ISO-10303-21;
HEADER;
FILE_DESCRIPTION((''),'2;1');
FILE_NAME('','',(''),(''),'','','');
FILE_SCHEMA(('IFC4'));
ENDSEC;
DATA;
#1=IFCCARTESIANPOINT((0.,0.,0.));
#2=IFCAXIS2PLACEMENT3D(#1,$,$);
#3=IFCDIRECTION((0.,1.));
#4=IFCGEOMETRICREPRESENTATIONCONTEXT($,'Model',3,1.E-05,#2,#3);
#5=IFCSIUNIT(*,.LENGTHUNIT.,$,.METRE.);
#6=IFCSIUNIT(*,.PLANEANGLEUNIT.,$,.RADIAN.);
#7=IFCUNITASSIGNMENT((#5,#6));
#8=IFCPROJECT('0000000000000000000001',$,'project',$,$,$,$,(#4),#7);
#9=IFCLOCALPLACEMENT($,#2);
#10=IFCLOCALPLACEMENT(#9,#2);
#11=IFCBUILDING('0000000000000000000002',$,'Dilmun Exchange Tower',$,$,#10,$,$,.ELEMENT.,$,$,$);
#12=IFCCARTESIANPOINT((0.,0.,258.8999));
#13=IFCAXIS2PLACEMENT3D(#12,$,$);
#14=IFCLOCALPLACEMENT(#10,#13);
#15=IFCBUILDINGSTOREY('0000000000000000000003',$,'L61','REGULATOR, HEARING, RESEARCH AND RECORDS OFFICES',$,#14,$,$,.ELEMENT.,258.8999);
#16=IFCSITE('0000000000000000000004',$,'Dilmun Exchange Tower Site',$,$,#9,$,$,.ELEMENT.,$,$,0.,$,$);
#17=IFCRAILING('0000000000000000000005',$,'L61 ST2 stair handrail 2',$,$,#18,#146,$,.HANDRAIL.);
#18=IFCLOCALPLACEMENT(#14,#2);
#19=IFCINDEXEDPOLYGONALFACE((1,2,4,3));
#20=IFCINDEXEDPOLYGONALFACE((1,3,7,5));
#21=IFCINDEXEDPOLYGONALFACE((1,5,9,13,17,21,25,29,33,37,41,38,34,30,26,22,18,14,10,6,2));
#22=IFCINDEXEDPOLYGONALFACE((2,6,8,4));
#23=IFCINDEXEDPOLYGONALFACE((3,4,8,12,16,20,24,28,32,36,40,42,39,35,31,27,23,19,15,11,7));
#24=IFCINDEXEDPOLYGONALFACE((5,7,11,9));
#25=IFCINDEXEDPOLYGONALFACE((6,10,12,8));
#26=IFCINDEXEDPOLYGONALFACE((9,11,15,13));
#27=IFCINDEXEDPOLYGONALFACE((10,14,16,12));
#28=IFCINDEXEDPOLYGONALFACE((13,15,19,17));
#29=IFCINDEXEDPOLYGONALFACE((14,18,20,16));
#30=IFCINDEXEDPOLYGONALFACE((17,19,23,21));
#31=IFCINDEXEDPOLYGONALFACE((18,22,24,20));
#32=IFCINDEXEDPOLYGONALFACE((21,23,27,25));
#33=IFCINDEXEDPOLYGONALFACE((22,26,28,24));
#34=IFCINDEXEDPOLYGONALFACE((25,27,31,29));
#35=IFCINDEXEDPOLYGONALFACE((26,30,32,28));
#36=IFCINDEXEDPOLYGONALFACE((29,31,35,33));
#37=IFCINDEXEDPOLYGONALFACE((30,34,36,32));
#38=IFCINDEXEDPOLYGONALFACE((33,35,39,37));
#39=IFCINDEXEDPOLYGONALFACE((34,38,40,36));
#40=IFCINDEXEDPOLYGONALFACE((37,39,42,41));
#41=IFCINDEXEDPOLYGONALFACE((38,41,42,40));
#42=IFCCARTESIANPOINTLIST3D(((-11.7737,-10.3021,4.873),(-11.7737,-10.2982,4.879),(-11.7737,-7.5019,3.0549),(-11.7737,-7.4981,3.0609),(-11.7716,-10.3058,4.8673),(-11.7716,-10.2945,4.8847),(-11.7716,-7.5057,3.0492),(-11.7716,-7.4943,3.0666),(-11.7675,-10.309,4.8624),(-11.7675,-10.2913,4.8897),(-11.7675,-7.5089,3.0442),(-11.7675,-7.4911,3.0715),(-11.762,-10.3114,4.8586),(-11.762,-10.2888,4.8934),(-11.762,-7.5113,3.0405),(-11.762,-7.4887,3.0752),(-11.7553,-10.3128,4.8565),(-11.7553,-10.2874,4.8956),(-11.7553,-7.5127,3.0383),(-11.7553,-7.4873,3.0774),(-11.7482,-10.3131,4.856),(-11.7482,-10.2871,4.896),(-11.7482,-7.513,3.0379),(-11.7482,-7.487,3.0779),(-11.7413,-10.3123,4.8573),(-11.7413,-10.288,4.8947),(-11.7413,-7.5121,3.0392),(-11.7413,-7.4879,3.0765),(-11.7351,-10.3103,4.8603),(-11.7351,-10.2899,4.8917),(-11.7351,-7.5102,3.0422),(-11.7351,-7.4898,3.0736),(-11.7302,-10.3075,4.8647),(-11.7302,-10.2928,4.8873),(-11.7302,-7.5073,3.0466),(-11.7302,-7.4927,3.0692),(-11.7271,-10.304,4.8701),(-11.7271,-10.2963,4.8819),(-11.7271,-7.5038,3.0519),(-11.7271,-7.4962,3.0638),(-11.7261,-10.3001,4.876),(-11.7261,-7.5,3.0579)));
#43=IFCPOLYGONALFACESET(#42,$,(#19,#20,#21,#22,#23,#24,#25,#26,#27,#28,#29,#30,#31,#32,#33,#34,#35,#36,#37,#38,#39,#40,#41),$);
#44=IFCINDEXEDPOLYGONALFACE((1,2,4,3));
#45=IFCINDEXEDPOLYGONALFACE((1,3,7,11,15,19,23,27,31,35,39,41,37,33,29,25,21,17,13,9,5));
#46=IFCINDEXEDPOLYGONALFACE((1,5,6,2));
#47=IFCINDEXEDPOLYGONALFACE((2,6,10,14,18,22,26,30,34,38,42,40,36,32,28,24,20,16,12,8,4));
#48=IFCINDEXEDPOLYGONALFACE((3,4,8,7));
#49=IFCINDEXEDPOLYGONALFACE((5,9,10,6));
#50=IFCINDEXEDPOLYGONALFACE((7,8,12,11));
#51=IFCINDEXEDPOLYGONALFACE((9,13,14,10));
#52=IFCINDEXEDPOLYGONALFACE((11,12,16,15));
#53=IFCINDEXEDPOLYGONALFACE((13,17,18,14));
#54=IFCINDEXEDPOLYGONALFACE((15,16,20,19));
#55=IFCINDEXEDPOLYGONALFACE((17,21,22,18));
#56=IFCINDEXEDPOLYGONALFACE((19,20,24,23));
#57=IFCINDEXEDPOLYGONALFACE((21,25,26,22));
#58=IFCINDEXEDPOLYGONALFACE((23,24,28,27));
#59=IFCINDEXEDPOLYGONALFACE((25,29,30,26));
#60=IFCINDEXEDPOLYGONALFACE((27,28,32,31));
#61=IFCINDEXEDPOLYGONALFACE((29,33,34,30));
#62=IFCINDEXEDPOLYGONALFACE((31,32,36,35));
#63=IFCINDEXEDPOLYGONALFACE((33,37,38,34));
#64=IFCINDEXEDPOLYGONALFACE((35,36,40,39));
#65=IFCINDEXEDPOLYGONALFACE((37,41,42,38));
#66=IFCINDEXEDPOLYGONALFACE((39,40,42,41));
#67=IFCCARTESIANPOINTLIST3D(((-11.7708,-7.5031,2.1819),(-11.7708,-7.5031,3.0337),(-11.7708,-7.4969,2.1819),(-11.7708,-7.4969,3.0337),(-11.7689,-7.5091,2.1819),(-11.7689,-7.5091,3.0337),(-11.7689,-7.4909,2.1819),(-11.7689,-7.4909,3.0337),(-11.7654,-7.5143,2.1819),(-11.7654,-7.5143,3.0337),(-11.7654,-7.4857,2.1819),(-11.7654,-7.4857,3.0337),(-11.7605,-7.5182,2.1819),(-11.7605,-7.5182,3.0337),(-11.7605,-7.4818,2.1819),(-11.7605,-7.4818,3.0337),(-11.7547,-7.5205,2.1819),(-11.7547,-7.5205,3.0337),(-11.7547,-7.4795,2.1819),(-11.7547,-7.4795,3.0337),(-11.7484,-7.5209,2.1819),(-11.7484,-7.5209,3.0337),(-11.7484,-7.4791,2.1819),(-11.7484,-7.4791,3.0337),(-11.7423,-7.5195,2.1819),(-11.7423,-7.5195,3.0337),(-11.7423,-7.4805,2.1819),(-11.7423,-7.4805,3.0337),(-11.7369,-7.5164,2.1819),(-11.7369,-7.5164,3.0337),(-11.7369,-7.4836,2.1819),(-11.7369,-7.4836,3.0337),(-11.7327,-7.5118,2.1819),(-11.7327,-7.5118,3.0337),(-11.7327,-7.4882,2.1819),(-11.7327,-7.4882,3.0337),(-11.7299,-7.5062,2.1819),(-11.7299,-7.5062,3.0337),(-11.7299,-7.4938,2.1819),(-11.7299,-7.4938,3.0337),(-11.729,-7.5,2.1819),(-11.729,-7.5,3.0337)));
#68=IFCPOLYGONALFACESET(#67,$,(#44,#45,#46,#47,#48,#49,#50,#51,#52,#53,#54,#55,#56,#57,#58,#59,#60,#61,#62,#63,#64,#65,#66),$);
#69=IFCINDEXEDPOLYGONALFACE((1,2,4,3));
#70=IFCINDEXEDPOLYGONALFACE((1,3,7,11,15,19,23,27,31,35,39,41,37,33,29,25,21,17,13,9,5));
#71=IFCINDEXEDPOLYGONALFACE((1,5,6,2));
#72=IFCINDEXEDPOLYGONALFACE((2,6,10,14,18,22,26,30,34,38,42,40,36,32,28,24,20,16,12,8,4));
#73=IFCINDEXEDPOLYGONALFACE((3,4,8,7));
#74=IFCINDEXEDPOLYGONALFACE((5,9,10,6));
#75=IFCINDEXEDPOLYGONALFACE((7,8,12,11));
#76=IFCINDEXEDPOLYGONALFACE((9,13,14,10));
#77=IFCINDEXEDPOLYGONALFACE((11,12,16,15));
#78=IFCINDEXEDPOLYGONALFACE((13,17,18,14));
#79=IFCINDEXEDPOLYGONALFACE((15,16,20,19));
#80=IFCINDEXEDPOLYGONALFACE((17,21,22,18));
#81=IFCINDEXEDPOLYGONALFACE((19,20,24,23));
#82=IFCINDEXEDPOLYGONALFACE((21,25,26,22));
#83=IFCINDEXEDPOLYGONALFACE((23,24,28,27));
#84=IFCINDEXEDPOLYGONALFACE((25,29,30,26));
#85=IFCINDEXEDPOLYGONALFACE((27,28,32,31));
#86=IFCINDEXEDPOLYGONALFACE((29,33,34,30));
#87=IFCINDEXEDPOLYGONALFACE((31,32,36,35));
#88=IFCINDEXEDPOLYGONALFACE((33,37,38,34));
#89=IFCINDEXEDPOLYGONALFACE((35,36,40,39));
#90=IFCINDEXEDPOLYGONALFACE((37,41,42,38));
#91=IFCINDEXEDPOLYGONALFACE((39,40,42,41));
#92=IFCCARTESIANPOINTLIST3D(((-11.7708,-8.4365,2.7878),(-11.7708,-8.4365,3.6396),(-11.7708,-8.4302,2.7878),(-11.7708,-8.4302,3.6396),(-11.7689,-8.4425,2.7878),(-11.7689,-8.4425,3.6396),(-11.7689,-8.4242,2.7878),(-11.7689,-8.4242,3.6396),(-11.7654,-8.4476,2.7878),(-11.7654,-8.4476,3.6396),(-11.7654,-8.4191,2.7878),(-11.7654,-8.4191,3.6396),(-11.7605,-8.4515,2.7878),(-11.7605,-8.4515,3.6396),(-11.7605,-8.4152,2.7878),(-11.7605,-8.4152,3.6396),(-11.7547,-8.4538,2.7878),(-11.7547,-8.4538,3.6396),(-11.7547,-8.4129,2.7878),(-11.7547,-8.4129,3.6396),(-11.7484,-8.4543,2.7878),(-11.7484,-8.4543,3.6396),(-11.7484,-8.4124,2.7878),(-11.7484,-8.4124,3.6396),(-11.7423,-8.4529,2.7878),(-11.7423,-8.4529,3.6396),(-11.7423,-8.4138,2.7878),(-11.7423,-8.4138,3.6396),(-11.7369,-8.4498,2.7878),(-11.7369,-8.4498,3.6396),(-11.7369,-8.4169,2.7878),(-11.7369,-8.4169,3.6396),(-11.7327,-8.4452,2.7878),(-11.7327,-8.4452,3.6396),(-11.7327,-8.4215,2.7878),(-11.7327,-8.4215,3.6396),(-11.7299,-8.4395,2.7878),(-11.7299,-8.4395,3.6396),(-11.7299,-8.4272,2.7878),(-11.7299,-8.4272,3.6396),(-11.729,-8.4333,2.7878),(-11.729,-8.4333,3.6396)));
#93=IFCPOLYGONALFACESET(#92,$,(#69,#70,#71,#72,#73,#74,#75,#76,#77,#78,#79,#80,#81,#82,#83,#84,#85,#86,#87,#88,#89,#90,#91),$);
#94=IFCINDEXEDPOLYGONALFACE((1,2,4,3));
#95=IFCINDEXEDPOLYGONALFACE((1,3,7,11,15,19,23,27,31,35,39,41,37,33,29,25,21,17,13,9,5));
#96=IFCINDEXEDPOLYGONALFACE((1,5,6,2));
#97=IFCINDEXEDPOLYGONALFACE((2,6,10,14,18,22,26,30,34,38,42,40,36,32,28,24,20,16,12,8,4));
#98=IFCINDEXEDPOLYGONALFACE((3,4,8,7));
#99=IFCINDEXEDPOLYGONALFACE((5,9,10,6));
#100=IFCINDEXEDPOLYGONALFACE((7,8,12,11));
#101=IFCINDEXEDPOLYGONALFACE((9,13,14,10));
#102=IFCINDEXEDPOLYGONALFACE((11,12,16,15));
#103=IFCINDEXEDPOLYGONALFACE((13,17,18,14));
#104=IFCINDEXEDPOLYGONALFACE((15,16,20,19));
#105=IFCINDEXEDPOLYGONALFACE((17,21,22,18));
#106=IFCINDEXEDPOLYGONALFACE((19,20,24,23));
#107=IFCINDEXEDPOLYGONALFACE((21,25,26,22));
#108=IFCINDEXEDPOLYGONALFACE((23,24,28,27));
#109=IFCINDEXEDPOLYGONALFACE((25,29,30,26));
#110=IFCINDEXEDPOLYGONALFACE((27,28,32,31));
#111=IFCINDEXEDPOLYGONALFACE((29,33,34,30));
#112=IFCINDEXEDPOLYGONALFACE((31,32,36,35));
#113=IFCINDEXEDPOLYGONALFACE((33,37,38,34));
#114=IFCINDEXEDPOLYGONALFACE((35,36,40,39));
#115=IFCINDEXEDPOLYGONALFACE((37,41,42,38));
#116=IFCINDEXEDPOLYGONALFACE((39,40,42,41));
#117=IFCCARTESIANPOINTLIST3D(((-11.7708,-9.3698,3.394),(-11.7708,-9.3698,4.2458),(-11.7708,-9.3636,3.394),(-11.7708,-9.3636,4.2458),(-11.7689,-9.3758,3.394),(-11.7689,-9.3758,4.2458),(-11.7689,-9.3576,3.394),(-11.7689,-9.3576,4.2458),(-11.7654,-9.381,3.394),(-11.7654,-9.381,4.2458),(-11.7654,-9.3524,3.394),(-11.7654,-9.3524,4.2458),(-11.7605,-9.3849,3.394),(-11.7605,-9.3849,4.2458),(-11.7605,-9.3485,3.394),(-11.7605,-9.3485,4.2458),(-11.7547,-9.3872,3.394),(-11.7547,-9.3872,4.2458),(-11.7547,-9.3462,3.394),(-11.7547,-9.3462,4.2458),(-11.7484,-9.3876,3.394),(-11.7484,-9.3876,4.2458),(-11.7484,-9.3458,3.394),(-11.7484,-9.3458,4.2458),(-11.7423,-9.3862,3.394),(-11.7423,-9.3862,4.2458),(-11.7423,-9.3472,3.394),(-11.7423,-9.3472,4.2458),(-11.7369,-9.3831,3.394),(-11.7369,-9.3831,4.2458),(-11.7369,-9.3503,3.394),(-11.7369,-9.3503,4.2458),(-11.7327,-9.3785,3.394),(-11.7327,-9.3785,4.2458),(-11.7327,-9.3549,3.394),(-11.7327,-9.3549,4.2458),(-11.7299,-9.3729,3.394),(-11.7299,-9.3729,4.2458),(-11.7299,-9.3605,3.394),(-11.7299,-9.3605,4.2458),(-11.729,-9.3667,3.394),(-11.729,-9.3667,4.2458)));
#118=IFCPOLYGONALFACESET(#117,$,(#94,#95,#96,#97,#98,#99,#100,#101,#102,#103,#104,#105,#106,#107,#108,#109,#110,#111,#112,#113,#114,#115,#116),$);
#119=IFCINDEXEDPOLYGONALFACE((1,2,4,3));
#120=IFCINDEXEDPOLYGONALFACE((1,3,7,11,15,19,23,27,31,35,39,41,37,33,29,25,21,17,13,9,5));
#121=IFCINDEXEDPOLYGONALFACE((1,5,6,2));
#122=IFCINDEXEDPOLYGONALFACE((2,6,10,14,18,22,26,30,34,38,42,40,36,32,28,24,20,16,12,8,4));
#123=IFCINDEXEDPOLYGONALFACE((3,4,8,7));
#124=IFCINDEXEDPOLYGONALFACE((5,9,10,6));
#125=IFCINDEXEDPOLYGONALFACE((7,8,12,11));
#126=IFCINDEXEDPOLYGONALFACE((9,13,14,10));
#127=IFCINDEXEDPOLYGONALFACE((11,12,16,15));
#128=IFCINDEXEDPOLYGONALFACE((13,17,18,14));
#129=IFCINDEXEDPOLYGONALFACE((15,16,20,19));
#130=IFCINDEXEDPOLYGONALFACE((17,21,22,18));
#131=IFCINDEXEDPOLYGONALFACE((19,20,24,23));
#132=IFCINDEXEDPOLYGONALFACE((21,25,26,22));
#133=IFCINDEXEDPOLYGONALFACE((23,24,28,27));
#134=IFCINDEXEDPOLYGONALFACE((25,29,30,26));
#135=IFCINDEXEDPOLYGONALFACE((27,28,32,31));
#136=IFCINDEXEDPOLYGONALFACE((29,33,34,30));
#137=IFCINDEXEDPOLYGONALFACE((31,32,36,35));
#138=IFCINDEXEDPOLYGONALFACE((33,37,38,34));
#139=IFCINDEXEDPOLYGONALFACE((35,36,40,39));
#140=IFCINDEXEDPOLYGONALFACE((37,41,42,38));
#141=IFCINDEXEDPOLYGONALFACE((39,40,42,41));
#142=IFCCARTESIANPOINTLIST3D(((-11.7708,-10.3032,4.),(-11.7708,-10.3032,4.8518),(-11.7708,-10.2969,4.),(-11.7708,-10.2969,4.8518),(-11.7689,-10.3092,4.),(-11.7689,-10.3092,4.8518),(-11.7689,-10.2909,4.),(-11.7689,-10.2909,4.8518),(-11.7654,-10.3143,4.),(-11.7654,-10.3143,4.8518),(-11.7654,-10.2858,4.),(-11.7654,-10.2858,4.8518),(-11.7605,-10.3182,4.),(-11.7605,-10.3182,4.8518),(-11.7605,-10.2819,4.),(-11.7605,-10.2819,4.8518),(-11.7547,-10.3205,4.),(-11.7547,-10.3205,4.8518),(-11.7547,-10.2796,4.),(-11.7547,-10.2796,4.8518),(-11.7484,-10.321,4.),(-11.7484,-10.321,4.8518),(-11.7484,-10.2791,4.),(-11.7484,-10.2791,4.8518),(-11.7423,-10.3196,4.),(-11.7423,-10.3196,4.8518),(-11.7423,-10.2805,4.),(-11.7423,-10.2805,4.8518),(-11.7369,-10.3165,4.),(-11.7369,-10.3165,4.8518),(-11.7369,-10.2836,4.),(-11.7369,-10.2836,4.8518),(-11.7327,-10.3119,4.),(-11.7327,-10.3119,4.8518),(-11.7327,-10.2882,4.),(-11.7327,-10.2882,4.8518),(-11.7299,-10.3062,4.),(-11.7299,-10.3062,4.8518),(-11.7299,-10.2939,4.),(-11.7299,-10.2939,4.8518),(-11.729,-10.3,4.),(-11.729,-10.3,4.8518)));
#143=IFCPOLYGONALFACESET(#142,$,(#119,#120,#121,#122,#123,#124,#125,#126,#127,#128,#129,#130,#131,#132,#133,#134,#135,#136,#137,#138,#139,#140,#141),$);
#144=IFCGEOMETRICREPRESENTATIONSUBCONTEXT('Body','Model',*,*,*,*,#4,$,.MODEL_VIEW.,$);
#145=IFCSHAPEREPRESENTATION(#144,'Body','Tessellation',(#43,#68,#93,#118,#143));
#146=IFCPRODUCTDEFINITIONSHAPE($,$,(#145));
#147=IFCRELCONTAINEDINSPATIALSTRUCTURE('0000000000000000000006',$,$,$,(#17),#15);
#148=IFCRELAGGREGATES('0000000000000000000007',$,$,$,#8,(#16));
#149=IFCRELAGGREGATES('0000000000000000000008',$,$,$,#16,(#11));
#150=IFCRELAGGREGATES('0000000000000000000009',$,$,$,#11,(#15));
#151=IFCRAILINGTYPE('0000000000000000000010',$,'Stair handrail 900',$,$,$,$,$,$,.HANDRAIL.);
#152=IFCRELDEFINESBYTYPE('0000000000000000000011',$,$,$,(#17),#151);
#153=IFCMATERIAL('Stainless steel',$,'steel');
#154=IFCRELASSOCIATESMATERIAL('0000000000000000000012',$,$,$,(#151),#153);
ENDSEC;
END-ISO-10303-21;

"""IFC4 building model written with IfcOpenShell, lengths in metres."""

from ifc_helpers import new_model, si_unit, direction, frame, origin, origin_2d, place, context, subcontext, project, spatial, circle, extrude, material, type_object, element, save


model = new_model("IFC4")

# Units and contexts
model_context = context("Model", 3, precision=1e-05, world=origin(), true_north=direction((0.0, 1.0)))
body_context = subcontext(model_context, "Body", "Model", "MODEL_VIEW")
ifc_project = project(units=[si_unit("LENGTHUNIT", "METRE"), si_unit("PLANEANGLEUNIT", "RADIAN")], contexts=[model_context])

# Site, building, storey
site_placement = place(None, origin())
site = spatial("IfcSite", under=ifc_project, at=site_placement, Name="Dilmun Exchange Tower Site", CompositionType="ELEMENT", RefElevation=0.0)
building_placement = place(site_placement, origin())
building = spatial("IfcBuilding", under=site, at=building_placement, Name="Dilmun Exchange Tower", CompositionType="ELEMENT")
storey_placement = place(building_placement, frame((0.0, 0.0, 258.8999)))
storey = spatial("IfcBuildingStorey", under=building, at=storey_placement, Name="L61", Description="REGULATOR, HEARING, RESEARCH AND RECORDS OFFICES", CompositionType="ELEMENT", Elevation=258.8999)

# Railing
ifc_material_1 = material(Name="Stainless steel", Category="steel")
railing_type = type_object("IfcRailingType", Name="Stair handrail 900", PredefinedType="HANDRAIL", material=ifc_material_1)
railing_1_placement = place(storey_placement, frame((-11.75, -7.5, 2.1819)))
element("IfcRailing", 1, at=railing_1_placement, inside=storey, type_object=railing_type, Name="L61 ST2 stair handrail 2", PredefinedType="HANDRAIL", context=body_context, shape_type="SweptSolid", body=[
    extrude(circle(Radius=0.0239, at=origin_2d()), frame((0.0, 0.0, 0.876), z_axis=(0.0, -0.838706, 0.544585), x_axis=(1.0, 0.0, 0.0)), (0.0, 0.0, 1.0), 3.3386),
    extrude(circle(Radius=0.021, at=origin_2d()), origin(), (0.0, 0.0, 1.0), 0.8518),
    extrude(circle(Radius=0.021, at=origin_2d()), frame((0.0, -0.9333, 0.606)), (0.0, 0.0, 1.0), 0.8518),
    extrude(circle(Radius=0.021, at=origin_2d()), frame((0.0, -1.8667, 1.2122)), (0.0, 0.0, 1.0), 0.8518),
    extrude(circle(Radius=0.021, at=origin_2d()), frame((0.0, -2.8, 1.8181)), (0.0, 0.0, 1.0), 0.8518),
])

save(model, "model.ifc")
